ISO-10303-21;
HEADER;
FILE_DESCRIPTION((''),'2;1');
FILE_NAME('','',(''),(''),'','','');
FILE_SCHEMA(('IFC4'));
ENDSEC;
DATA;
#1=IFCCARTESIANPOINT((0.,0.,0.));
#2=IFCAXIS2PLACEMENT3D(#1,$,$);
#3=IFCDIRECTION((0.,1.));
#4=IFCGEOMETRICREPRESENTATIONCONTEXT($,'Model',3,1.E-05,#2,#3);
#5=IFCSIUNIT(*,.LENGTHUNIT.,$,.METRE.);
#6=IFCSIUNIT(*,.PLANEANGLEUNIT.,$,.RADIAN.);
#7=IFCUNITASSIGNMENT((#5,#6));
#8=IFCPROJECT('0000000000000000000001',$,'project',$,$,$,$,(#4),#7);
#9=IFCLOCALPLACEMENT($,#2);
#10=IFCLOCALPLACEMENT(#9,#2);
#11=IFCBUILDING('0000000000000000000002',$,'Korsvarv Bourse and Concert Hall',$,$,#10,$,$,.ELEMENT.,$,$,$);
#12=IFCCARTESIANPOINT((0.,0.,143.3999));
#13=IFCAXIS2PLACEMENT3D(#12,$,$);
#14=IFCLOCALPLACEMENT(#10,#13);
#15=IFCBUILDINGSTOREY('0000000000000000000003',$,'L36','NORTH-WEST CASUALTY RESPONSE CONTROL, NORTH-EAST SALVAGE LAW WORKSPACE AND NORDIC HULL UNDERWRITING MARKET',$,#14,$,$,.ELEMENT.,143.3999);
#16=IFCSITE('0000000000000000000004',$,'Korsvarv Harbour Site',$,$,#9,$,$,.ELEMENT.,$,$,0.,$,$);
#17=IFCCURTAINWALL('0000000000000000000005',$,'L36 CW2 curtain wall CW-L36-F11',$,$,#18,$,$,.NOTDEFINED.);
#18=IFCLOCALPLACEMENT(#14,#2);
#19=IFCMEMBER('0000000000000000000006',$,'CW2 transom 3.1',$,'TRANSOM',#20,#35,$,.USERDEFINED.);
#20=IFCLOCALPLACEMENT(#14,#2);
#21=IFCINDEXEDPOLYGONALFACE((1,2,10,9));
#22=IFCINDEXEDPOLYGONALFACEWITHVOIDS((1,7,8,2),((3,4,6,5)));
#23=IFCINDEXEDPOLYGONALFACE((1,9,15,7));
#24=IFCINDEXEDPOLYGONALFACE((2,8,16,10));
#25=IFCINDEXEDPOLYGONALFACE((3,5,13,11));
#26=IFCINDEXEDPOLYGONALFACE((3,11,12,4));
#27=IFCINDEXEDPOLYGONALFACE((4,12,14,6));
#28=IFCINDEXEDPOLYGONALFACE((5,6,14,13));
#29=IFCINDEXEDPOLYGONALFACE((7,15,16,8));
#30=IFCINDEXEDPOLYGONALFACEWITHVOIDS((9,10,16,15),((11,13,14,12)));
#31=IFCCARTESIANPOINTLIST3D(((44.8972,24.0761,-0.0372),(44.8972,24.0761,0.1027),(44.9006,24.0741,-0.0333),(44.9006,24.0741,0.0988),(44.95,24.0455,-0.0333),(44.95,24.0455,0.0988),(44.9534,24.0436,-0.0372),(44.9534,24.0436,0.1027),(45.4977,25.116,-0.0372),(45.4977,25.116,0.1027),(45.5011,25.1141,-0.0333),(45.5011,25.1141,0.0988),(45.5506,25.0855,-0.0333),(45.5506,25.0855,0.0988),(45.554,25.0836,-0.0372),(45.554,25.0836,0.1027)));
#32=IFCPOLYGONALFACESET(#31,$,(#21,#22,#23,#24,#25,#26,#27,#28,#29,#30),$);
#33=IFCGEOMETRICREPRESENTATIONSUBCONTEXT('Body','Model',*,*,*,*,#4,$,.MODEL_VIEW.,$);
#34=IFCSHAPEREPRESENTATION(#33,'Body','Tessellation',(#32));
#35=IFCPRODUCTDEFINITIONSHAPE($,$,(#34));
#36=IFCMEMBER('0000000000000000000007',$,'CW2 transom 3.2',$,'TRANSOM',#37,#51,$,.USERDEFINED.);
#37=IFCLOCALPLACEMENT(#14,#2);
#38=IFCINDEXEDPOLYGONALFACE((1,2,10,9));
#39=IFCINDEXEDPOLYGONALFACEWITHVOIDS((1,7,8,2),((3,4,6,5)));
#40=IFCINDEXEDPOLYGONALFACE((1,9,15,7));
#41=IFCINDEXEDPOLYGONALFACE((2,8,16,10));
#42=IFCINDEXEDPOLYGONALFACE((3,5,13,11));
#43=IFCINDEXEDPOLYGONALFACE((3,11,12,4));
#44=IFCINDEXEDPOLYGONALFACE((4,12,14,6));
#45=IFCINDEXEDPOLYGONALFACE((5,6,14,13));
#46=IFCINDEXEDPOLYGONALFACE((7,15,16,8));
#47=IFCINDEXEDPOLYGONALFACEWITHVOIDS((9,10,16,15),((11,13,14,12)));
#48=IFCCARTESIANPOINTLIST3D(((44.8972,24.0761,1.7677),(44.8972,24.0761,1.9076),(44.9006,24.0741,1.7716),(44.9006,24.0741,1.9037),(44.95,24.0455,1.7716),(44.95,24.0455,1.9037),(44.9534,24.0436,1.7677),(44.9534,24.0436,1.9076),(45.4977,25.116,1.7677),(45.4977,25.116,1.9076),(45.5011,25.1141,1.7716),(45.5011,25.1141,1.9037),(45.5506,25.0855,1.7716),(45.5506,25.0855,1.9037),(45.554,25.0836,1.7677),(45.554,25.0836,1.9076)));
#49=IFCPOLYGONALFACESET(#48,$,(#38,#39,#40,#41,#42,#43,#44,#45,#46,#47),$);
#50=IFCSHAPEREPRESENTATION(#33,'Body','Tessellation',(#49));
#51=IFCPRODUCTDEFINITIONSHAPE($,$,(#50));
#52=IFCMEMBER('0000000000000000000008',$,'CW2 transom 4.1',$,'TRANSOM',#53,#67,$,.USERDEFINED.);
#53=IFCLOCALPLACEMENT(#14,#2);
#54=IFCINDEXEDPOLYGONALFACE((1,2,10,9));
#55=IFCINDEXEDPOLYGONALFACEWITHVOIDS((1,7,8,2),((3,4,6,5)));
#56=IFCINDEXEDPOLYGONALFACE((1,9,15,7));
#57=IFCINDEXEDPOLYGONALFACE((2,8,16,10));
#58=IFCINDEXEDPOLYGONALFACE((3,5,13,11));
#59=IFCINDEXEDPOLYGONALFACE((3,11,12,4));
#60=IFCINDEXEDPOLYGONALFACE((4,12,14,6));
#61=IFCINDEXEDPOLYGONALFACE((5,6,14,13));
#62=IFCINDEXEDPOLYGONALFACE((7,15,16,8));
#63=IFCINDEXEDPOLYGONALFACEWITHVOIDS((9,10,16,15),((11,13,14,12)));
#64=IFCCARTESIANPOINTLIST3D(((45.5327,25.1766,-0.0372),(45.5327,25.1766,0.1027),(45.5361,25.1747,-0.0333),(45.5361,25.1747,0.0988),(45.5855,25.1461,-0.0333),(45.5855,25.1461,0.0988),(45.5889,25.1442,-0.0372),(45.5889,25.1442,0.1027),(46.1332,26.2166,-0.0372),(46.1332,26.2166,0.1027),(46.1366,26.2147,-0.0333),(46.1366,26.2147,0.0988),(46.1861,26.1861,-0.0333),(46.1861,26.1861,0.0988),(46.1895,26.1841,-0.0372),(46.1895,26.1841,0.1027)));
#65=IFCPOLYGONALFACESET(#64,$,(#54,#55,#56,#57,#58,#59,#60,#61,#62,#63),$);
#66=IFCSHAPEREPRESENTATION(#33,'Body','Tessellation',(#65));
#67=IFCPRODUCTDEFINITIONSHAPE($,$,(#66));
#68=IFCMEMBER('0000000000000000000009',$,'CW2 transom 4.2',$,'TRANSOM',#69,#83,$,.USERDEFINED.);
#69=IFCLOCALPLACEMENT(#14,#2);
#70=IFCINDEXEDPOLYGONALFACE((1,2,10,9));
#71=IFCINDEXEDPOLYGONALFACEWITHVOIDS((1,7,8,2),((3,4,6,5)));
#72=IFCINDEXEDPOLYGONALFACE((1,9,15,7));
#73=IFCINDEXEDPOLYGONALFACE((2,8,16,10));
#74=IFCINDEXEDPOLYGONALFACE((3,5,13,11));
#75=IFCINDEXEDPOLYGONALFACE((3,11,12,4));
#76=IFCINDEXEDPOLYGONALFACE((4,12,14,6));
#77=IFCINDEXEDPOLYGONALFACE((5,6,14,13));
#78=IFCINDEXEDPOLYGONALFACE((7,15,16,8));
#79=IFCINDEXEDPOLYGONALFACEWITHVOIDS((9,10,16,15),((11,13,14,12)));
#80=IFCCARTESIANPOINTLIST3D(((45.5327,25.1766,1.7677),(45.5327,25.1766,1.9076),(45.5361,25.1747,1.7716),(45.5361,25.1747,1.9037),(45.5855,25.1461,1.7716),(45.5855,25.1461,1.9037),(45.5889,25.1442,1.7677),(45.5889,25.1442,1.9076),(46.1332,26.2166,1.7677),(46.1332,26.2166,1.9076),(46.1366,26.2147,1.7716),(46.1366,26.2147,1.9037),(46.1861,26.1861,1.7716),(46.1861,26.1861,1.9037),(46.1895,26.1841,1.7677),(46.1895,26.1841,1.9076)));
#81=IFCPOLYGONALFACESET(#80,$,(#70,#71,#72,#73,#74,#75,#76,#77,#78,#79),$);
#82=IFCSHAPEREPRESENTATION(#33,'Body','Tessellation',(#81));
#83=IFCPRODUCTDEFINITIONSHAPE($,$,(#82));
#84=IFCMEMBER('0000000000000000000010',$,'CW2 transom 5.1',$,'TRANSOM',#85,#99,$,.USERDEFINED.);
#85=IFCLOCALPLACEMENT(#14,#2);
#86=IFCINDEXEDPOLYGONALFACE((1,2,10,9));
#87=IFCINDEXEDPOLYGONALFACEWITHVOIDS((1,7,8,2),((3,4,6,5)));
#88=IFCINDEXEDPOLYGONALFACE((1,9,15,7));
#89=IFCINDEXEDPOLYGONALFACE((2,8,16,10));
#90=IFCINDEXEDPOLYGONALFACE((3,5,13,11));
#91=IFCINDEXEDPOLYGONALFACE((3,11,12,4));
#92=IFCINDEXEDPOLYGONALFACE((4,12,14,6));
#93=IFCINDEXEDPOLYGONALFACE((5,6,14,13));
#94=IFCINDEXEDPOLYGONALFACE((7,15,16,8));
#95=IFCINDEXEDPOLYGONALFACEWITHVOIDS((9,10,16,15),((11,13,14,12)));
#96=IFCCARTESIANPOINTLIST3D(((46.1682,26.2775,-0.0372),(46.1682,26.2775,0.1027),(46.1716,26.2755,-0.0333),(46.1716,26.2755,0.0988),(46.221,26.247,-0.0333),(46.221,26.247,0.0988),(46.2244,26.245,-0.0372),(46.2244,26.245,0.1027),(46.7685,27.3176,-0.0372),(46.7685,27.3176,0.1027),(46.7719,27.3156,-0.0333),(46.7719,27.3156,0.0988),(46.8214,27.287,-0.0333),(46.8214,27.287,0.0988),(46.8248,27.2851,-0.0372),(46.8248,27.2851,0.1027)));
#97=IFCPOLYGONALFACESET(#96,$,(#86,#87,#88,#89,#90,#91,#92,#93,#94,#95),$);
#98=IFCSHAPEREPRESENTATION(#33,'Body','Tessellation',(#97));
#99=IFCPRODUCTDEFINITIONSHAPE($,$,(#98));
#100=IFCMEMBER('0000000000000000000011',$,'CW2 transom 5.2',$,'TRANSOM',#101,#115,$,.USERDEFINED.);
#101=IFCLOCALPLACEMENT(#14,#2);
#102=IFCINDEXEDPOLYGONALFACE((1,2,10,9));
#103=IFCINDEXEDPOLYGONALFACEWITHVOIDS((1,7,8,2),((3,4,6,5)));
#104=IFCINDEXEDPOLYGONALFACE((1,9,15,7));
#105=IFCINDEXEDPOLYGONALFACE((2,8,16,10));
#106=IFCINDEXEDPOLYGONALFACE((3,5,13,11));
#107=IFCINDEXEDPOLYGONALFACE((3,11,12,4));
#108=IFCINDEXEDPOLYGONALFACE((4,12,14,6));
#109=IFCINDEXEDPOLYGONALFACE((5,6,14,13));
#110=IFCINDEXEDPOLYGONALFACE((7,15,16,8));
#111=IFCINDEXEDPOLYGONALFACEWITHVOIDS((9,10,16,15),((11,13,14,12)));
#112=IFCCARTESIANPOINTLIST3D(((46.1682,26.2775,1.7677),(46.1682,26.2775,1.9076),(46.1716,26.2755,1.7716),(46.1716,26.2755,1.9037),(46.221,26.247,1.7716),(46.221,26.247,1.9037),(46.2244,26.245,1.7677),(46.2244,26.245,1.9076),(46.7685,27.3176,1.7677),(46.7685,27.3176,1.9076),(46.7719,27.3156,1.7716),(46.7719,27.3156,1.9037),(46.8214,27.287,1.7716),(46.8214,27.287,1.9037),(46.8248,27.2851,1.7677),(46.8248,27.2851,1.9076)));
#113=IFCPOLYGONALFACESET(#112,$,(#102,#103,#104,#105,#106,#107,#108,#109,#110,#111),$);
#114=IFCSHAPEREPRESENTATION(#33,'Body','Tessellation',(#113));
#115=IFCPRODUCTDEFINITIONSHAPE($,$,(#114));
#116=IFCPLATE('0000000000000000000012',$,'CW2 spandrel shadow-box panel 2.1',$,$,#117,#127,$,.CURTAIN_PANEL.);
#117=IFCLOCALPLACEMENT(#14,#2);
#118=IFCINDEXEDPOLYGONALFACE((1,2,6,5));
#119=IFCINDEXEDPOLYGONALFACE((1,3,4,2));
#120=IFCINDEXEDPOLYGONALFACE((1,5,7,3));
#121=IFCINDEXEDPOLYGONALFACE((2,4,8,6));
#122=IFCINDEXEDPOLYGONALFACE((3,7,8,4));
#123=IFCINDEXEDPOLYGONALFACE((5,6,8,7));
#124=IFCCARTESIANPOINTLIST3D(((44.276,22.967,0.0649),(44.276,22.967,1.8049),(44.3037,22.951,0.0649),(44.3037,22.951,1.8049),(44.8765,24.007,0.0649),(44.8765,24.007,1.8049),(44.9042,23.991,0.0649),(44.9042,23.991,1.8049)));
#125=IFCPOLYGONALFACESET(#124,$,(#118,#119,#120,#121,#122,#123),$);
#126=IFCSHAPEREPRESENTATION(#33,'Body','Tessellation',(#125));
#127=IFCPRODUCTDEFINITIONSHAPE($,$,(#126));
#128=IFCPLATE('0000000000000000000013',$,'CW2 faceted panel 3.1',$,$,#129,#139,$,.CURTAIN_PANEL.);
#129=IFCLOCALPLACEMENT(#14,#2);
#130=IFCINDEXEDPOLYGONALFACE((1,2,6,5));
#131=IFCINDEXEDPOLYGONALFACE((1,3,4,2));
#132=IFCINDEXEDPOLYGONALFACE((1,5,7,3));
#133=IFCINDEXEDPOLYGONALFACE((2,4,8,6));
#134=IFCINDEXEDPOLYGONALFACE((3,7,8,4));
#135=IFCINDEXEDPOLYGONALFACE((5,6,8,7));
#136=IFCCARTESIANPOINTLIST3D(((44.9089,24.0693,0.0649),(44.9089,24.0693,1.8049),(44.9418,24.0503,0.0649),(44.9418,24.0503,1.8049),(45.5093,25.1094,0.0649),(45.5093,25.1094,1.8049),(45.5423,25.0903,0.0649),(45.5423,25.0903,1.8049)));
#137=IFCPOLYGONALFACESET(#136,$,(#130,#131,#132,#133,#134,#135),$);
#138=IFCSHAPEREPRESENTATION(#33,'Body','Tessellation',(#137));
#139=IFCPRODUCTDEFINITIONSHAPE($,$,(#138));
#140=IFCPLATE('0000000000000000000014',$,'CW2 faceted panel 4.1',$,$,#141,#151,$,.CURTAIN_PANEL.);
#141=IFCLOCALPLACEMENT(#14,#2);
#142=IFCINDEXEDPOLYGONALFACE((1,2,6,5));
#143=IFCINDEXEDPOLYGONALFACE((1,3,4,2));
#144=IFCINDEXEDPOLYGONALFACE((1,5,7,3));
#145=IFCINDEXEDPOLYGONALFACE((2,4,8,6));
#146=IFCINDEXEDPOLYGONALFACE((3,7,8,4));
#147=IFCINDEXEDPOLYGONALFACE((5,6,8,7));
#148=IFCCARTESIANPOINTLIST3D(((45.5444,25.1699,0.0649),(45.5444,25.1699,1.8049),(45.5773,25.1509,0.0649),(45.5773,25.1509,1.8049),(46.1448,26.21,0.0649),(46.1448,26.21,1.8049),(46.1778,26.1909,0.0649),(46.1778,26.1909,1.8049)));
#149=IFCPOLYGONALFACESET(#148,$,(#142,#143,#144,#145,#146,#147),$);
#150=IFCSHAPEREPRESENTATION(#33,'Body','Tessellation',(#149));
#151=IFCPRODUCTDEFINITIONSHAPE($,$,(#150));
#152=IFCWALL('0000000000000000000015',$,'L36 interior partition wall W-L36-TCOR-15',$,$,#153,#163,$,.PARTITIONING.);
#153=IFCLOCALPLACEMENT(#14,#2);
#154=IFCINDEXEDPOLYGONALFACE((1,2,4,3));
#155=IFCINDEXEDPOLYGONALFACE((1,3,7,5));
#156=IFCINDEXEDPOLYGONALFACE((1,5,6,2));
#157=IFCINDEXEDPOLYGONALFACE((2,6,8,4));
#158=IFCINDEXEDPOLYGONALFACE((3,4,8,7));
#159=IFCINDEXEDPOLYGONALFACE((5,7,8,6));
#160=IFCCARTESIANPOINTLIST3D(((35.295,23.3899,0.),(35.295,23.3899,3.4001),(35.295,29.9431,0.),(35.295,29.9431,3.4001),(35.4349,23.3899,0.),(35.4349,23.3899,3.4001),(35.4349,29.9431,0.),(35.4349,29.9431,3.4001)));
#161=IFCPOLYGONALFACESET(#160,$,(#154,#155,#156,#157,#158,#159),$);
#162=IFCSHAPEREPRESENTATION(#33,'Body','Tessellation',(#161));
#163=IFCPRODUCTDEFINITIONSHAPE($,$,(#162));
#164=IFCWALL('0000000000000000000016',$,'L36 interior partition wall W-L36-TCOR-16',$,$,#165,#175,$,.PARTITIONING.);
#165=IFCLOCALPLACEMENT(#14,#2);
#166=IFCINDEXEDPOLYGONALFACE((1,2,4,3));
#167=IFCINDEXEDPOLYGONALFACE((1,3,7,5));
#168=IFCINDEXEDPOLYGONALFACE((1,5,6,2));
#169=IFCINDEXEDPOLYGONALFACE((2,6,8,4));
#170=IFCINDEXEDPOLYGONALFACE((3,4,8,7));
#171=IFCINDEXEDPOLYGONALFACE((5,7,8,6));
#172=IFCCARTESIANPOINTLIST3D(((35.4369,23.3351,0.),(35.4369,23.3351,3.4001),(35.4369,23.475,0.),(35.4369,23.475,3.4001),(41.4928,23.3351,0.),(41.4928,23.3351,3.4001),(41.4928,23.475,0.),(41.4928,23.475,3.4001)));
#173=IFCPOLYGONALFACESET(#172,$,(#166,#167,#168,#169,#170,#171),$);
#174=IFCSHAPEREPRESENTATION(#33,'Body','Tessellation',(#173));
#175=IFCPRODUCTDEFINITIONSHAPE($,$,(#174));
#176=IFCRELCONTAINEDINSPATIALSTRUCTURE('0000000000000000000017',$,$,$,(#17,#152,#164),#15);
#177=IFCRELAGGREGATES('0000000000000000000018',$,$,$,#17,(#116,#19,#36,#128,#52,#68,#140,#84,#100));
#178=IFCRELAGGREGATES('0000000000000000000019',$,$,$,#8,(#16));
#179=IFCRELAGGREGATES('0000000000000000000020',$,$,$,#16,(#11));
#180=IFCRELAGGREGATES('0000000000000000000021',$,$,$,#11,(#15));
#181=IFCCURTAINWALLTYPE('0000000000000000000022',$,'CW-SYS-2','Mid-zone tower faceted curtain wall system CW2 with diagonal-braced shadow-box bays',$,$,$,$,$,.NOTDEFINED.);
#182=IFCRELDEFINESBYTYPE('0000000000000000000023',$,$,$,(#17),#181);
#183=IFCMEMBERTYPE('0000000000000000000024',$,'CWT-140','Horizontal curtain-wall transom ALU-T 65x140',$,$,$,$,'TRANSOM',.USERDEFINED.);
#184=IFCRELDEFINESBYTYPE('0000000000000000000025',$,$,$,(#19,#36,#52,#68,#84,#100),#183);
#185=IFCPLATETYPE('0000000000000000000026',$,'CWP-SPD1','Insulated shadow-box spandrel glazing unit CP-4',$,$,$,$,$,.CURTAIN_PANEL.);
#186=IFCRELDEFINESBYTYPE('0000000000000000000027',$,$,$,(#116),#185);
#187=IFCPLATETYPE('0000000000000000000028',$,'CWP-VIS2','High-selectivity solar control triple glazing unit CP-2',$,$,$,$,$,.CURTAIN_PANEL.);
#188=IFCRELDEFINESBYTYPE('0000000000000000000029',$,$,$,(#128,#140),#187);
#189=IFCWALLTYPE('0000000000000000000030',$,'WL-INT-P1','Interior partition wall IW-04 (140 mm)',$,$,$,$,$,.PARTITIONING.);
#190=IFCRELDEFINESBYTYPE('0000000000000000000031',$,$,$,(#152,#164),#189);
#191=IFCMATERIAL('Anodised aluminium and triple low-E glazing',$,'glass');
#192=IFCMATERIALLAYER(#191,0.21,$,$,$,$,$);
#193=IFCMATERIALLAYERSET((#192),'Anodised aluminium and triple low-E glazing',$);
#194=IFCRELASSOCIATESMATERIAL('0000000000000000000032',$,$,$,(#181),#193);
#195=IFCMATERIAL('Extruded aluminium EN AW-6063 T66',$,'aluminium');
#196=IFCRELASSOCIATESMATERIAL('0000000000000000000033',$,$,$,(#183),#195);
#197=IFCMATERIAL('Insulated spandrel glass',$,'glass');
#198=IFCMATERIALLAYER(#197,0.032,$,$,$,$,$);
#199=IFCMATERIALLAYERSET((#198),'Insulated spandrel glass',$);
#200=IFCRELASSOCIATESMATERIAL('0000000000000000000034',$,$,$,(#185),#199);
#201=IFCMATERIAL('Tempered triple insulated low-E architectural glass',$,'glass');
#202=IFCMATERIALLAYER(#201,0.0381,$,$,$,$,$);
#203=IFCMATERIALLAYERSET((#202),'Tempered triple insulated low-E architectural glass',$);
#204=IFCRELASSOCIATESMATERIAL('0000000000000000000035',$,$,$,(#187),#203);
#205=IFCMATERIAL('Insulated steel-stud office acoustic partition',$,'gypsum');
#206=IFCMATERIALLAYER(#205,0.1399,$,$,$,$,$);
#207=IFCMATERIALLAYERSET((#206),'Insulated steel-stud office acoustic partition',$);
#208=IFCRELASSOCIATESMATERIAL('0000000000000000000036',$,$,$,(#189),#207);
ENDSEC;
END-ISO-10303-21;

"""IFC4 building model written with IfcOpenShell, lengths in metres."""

from ifc_helpers import new_model, si_unit, direction, frame, frame_2d, origin, origin_2d, place, context, subcontext, project, spatial, rectangle, hollow_rectangle, extrude, source, transform, mapped, material, layer, layer_set, material_profile, profile_set, type_object, element, aggregate, save


model = new_model("IFC4")

# Units and contexts
model_context = context("Model", 3, precision=1e-05, world=origin(), true_north=direction((0.0, 1.0)))
body_context = subcontext(model_context, "Body", "Model", "MODEL_VIEW")
ifc_project = project(units=[si_unit("LENGTHUNIT", "METRE"), si_unit("PLANEANGLEUNIT", "RADIAN")], contexts=[model_context])

# Site, building, storey
site_placement = place(None, origin())
site = spatial("IfcSite", under=ifc_project, at=site_placement, Name="Korsvarv Harbour Site", CompositionType="ELEMENT", RefElevation=0.0)
building_placement = place(site_placement, origin())
building = spatial("IfcBuilding", under=site, at=building_placement, Name="Korsvarv Bourse and Concert Hall", CompositionType="ELEMENT")
storey_placement = place(building_placement, frame((0.0, 0.0, 143.3999)))
storey = spatial("IfcBuildingStorey", under=building, at=storey_placement, Name="L36", Description="NORTH-WEST CASUALTY RESPONSE CONTROL, NORTH-EAST SALVAGE LAW WORKSPACE AND NORDIC HULL UNDERWRITING MARKET", CompositionType="ELEMENT", Elevation=143.3999)

# Curtain wall, members, plates
ifc_material_1 = material(Name="Anodised aluminium and triple low-E glazing", Category="glass")
ifc_layer_1 = layer(ifc_material_1, 0.21)
ifc_layer_set_1 = layer_set([ifc_layer_1], Name="Anodised aluminium and triple low-E glazing")
curtain_wall_type = type_object("IfcCurtainWallType", Name="CW-SYS-2", Description="Mid-zone tower faceted curtain wall system CW2 with diagonal-braced shadow-box bays", PredefinedType="NOTDEFINED", material=ifc_layer_set_1)
curtain_wall_placement = place(storey_placement, origin())
curtain_wall = element("IfcCurtainWall", 1, at=curtain_wall_placement, inside=storey, type_object=curtain_wall_type, Name="L36 CW2 curtain wall CW-L36-F11", PredefinedType="NOTDEFINED")
ifc_material_2 = material(Name="Extruded aluminium EN AW-6063 T66", Category="aluminium")
ifc_material_profile_1 = material_profile(ifc_material_2, hollow_rectangle(XDim=0.0649, YDim=0.1399, WallThickness=0.0039, at=origin_2d()), Name="ALU-T 65x140")
ifc_profile_set_1 = profile_set([ifc_material_profile_1], Name="Extruded aluminium EN AW-6063 T66")
member_type_1 = type_object("IfcMemberType", Name="CWT-140", Description="Horizontal curtain-wall transom ALU-T 65x140", ElementType="TRANSOM", PredefinedType="USERDEFINED", material=ifc_profile_set_1)
shared_shape_1 = source(origin(), body_context, "Body", "SweptSolid", [
    extrude(hollow_rectangle(XDim=0.0649, YDim=0.1399, WallThickness=0.0039, at=origin_2d()), origin(), (0.0, 0.0, 1.0), 1.2009),
])
member_1_placement = place(storey_placement, frame((44.9253, 24.0598, 0.0327), z_axis=(0.500074, 0.865982, 0.0), x_axis=(-0.865982, 0.500074, 0.0)))
member_1 = element("IfcMember", 2, at=member_1_placement, type_object=member_type_1, Name="CW2 transom 3.1", ObjectType="TRANSOM", PredefinedType="USERDEFINED", context=body_context, shape_type="MappedRepresentation", body=[
    mapped(shared_shape_1, transform((0.0, 0.0, 0.0), scale=1.0)),
])
member_2_placement = place(storey_placement, frame((44.9253, 24.0598, 1.8376), z_axis=(0.500074, 0.865982, 0.0), x_axis=(-0.865982, 0.500074, 0.0)))
member_2 = element("IfcMember", 3, at=member_2_placement, type_object=member_type_1, Name="CW2 transom 3.2", ObjectType="TRANSOM", PredefinedType="USERDEFINED", context=body_context, shape_type="MappedRepresentation", body=[
    mapped(shared_shape_1, transform((0.0, 0.0, 0.0), scale=1.0)),
])
member_3_placement = place(storey_placement, frame((45.5608, 25.1604, 0.0327), z_axis=(0.500074, 0.865982, 0.0), x_axis=(-0.865982, 0.500074, 0.0)))
member_3 = element("IfcMember", 4, at=member_3_placement, type_object=member_type_1, Name="CW2 transom 4.1", ObjectType="TRANSOM", PredefinedType="USERDEFINED", context=body_context, shape_type="MappedRepresentation", body=[
    mapped(shared_shape_1, transform((0.0, 0.0, 0.0), scale=1.0)),
])
member_4_placement = place(storey_placement, frame((45.5608, 25.1604, 1.8376), z_axis=(0.500074, 0.865982, 0.0), x_axis=(-0.865982, 0.500074, 0.0)))
member_4 = element("IfcMember", 5, at=member_4_placement, type_object=member_type_1, Name="CW2 transom 4.2", ObjectType="TRANSOM", PredefinedType="USERDEFINED", context=body_context, shape_type="MappedRepresentation", body=[
    mapped(shared_shape_1, transform((0.0, 0.0, 0.0), scale=1.0)),
])
member_5_placement = place(storey_placement, frame((46.1963, 26.2612, 0.0327), z_axis=(0.499922, 0.86607, 0.0), x_axis=(-0.86607, 0.499922, 0.0)))
member_5 = element("IfcMember", 6, at=member_5_placement, type_object=member_type_1, Name="CW2 transom 5.1", ObjectType="TRANSOM", PredefinedType="USERDEFINED", context=body_context, shape_type="MappedRepresentation", body=[
    mapped(shared_shape_1, transform((0.0, 0.0, 0.0), scale=1.0)),
])
member_6_placement = place(storey_placement, frame((46.1963, 26.2612, 1.8376), z_axis=(0.499922, 0.86607, 0.0), x_axis=(-0.86607, 0.499922, 0.0)))
member_6 = element("IfcMember", 7, at=member_6_placement, type_object=member_type_1, Name="CW2 transom 5.2", ObjectType="TRANSOM", PredefinedType="USERDEFINED", context=body_context, shape_type="MappedRepresentation", body=[
    mapped(shared_shape_1, transform((0.0, 0.0, 0.0), scale=1.0)),
])
ifc_material_3 = material(Name="Insulated spandrel glass", Category="glass")
ifc_layer_2 = layer(ifc_material_3, 0.032)
ifc_layer_set_2 = layer_set([ifc_layer_2], Name="Insulated spandrel glass")
plate_type_1 = type_object("IfcPlateType", Name="CWP-SPD1", Description="Insulated shadow-box spandrel glazing unit CP-4", PredefinedType="CURTAIN_PANEL", material=ifc_layer_set_2)
shared_shape_2 = source(origin(), body_context, "Body", "SweptSolid", [
    extrude(rectangle(XDim=1.2009, YDim=0.032, at=origin_2d()), origin(), (0.0, 0.0, 1.0), 1.74),
])
plate_1_placement = place(storey_placement, frame((44.5901, 23.479, 0.0649), z_axis=(0.0, 0.0, 1.0), x_axis=(0.5, 0.866025, 0.0)))
plate_1 = element("IfcPlate", 8, at=plate_1_placement, type_object=plate_type_1, Name="CW2 spandrel shadow-box panel 2.1", PredefinedType="CURTAIN_PANEL", context=body_context, shape_type="MappedRepresentation", body=[
    mapped(shared_shape_2, transform((0.0, 0.0, 0.0), scale=1.0)),
])
ifc_material_4 = material(Name="Tempered triple insulated low-E architectural glass", Category="glass")
ifc_layer_3 = layer(ifc_material_4, 0.0381)
ifc_layer_set_3 = layer_set([ifc_layer_3], Name="Tempered triple insulated low-E architectural glass")
plate_type_2 = type_object("IfcPlateType", Name="CWP-VIS2", Description="High-selectivity solar control triple glazing unit CP-2", PredefinedType="CURTAIN_PANEL", material=ifc_layer_set_3)
shared_shape_3 = source(origin(), body_context, "Body", "SweptSolid", [
    extrude(rectangle(XDim=1.2009, YDim=0.0381, at=origin_2d()), origin(), (0.0, 0.0, 1.0), 1.74),
])
plate_2_placement = place(storey_placement, frame((45.2256, 24.5798, 0.0649), z_axis=(0.0, 0.0, 1.0), x_axis=(0.5, 0.866025, 0.0)))
plate_2 = element("IfcPlate", 9, at=plate_2_placement, type_object=plate_type_2, Name="CW2 faceted panel 3.1", PredefinedType="CURTAIN_PANEL", context=body_context, shape_type="MappedRepresentation", body=[
    mapped(shared_shape_3, transform((0.0, 0.0, 0.0), scale=1.0)),
])
plate_3_placement = place(storey_placement, frame((45.8611, 25.6804, 0.0649), z_axis=(0.0, 0.0, 1.0), x_axis=(0.5, 0.866025, 0.0)))
plate_3 = element("IfcPlate", 10, at=plate_3_placement, type_object=plate_type_2, Name="CW2 faceted panel 4.1", PredefinedType="CURTAIN_PANEL", context=body_context, shape_type="MappedRepresentation", body=[
    mapped(shared_shape_3, transform((0.0, 0.0, 0.0), scale=1.0)),
])
aggregate(curtain_wall, [plate_1, member_1, member_2, plate_2, member_3, member_4, plate_3, member_5, member_6])

# Walls
ifc_material_5 = material(Name="Insulated steel-stud office acoustic partition", Category="gypsum")
ifc_layer_4 = layer(ifc_material_5, 0.1399)
ifc_layer_set_4 = layer_set([ifc_layer_4], Name="Insulated steel-stud office acoustic partition")
wall_type = type_object("IfcWallType", Name="WL-INT-P1", Description="Interior partition wall IW-04 (140 mm)", PredefinedType="PARTITIONING", material=ifc_layer_set_4)
wall_1_placement = place(storey_placement, frame((35.365, 23.3899, 0.0), z_axis=(0.0, 0.0, 1.0), x_axis=(0.0, 1.0, 0.0)))
element("IfcWall", 11, at=wall_1_placement, inside=storey, type_object=wall_type, Name="L36 interior partition wall W-L36-TCOR-15", PredefinedType="PARTITIONING", context=body_context, shape_type="SweptSolid", body=[
    extrude(rectangle(XDim=6.5532, YDim=0.1399, at=frame_2d((3.2766, 0.0))), origin(), (0.0, 0.0, 1.0), 3.4001),
])
wall_2_placement = place(storey_placement, frame((35.437, 23.405, 0.0), z_axis=(0.0, 0.0, 1.0), x_axis=(1.0, 0.0, 0.0)))
element("IfcWall", 12, at=wall_2_placement, inside=storey, type_object=wall_type, Name="L36 interior partition wall W-L36-TCOR-16", PredefinedType="PARTITIONING", context=body_context, shape_type="SweptSolid", body=[
    extrude(rectangle(XDim=6.0559, YDim=0.1399, at=frame_2d((3.0278, 0.0))), origin(), (0.0, 0.0, 1.0), 3.4001),
])

save(model, "model.ifc")
